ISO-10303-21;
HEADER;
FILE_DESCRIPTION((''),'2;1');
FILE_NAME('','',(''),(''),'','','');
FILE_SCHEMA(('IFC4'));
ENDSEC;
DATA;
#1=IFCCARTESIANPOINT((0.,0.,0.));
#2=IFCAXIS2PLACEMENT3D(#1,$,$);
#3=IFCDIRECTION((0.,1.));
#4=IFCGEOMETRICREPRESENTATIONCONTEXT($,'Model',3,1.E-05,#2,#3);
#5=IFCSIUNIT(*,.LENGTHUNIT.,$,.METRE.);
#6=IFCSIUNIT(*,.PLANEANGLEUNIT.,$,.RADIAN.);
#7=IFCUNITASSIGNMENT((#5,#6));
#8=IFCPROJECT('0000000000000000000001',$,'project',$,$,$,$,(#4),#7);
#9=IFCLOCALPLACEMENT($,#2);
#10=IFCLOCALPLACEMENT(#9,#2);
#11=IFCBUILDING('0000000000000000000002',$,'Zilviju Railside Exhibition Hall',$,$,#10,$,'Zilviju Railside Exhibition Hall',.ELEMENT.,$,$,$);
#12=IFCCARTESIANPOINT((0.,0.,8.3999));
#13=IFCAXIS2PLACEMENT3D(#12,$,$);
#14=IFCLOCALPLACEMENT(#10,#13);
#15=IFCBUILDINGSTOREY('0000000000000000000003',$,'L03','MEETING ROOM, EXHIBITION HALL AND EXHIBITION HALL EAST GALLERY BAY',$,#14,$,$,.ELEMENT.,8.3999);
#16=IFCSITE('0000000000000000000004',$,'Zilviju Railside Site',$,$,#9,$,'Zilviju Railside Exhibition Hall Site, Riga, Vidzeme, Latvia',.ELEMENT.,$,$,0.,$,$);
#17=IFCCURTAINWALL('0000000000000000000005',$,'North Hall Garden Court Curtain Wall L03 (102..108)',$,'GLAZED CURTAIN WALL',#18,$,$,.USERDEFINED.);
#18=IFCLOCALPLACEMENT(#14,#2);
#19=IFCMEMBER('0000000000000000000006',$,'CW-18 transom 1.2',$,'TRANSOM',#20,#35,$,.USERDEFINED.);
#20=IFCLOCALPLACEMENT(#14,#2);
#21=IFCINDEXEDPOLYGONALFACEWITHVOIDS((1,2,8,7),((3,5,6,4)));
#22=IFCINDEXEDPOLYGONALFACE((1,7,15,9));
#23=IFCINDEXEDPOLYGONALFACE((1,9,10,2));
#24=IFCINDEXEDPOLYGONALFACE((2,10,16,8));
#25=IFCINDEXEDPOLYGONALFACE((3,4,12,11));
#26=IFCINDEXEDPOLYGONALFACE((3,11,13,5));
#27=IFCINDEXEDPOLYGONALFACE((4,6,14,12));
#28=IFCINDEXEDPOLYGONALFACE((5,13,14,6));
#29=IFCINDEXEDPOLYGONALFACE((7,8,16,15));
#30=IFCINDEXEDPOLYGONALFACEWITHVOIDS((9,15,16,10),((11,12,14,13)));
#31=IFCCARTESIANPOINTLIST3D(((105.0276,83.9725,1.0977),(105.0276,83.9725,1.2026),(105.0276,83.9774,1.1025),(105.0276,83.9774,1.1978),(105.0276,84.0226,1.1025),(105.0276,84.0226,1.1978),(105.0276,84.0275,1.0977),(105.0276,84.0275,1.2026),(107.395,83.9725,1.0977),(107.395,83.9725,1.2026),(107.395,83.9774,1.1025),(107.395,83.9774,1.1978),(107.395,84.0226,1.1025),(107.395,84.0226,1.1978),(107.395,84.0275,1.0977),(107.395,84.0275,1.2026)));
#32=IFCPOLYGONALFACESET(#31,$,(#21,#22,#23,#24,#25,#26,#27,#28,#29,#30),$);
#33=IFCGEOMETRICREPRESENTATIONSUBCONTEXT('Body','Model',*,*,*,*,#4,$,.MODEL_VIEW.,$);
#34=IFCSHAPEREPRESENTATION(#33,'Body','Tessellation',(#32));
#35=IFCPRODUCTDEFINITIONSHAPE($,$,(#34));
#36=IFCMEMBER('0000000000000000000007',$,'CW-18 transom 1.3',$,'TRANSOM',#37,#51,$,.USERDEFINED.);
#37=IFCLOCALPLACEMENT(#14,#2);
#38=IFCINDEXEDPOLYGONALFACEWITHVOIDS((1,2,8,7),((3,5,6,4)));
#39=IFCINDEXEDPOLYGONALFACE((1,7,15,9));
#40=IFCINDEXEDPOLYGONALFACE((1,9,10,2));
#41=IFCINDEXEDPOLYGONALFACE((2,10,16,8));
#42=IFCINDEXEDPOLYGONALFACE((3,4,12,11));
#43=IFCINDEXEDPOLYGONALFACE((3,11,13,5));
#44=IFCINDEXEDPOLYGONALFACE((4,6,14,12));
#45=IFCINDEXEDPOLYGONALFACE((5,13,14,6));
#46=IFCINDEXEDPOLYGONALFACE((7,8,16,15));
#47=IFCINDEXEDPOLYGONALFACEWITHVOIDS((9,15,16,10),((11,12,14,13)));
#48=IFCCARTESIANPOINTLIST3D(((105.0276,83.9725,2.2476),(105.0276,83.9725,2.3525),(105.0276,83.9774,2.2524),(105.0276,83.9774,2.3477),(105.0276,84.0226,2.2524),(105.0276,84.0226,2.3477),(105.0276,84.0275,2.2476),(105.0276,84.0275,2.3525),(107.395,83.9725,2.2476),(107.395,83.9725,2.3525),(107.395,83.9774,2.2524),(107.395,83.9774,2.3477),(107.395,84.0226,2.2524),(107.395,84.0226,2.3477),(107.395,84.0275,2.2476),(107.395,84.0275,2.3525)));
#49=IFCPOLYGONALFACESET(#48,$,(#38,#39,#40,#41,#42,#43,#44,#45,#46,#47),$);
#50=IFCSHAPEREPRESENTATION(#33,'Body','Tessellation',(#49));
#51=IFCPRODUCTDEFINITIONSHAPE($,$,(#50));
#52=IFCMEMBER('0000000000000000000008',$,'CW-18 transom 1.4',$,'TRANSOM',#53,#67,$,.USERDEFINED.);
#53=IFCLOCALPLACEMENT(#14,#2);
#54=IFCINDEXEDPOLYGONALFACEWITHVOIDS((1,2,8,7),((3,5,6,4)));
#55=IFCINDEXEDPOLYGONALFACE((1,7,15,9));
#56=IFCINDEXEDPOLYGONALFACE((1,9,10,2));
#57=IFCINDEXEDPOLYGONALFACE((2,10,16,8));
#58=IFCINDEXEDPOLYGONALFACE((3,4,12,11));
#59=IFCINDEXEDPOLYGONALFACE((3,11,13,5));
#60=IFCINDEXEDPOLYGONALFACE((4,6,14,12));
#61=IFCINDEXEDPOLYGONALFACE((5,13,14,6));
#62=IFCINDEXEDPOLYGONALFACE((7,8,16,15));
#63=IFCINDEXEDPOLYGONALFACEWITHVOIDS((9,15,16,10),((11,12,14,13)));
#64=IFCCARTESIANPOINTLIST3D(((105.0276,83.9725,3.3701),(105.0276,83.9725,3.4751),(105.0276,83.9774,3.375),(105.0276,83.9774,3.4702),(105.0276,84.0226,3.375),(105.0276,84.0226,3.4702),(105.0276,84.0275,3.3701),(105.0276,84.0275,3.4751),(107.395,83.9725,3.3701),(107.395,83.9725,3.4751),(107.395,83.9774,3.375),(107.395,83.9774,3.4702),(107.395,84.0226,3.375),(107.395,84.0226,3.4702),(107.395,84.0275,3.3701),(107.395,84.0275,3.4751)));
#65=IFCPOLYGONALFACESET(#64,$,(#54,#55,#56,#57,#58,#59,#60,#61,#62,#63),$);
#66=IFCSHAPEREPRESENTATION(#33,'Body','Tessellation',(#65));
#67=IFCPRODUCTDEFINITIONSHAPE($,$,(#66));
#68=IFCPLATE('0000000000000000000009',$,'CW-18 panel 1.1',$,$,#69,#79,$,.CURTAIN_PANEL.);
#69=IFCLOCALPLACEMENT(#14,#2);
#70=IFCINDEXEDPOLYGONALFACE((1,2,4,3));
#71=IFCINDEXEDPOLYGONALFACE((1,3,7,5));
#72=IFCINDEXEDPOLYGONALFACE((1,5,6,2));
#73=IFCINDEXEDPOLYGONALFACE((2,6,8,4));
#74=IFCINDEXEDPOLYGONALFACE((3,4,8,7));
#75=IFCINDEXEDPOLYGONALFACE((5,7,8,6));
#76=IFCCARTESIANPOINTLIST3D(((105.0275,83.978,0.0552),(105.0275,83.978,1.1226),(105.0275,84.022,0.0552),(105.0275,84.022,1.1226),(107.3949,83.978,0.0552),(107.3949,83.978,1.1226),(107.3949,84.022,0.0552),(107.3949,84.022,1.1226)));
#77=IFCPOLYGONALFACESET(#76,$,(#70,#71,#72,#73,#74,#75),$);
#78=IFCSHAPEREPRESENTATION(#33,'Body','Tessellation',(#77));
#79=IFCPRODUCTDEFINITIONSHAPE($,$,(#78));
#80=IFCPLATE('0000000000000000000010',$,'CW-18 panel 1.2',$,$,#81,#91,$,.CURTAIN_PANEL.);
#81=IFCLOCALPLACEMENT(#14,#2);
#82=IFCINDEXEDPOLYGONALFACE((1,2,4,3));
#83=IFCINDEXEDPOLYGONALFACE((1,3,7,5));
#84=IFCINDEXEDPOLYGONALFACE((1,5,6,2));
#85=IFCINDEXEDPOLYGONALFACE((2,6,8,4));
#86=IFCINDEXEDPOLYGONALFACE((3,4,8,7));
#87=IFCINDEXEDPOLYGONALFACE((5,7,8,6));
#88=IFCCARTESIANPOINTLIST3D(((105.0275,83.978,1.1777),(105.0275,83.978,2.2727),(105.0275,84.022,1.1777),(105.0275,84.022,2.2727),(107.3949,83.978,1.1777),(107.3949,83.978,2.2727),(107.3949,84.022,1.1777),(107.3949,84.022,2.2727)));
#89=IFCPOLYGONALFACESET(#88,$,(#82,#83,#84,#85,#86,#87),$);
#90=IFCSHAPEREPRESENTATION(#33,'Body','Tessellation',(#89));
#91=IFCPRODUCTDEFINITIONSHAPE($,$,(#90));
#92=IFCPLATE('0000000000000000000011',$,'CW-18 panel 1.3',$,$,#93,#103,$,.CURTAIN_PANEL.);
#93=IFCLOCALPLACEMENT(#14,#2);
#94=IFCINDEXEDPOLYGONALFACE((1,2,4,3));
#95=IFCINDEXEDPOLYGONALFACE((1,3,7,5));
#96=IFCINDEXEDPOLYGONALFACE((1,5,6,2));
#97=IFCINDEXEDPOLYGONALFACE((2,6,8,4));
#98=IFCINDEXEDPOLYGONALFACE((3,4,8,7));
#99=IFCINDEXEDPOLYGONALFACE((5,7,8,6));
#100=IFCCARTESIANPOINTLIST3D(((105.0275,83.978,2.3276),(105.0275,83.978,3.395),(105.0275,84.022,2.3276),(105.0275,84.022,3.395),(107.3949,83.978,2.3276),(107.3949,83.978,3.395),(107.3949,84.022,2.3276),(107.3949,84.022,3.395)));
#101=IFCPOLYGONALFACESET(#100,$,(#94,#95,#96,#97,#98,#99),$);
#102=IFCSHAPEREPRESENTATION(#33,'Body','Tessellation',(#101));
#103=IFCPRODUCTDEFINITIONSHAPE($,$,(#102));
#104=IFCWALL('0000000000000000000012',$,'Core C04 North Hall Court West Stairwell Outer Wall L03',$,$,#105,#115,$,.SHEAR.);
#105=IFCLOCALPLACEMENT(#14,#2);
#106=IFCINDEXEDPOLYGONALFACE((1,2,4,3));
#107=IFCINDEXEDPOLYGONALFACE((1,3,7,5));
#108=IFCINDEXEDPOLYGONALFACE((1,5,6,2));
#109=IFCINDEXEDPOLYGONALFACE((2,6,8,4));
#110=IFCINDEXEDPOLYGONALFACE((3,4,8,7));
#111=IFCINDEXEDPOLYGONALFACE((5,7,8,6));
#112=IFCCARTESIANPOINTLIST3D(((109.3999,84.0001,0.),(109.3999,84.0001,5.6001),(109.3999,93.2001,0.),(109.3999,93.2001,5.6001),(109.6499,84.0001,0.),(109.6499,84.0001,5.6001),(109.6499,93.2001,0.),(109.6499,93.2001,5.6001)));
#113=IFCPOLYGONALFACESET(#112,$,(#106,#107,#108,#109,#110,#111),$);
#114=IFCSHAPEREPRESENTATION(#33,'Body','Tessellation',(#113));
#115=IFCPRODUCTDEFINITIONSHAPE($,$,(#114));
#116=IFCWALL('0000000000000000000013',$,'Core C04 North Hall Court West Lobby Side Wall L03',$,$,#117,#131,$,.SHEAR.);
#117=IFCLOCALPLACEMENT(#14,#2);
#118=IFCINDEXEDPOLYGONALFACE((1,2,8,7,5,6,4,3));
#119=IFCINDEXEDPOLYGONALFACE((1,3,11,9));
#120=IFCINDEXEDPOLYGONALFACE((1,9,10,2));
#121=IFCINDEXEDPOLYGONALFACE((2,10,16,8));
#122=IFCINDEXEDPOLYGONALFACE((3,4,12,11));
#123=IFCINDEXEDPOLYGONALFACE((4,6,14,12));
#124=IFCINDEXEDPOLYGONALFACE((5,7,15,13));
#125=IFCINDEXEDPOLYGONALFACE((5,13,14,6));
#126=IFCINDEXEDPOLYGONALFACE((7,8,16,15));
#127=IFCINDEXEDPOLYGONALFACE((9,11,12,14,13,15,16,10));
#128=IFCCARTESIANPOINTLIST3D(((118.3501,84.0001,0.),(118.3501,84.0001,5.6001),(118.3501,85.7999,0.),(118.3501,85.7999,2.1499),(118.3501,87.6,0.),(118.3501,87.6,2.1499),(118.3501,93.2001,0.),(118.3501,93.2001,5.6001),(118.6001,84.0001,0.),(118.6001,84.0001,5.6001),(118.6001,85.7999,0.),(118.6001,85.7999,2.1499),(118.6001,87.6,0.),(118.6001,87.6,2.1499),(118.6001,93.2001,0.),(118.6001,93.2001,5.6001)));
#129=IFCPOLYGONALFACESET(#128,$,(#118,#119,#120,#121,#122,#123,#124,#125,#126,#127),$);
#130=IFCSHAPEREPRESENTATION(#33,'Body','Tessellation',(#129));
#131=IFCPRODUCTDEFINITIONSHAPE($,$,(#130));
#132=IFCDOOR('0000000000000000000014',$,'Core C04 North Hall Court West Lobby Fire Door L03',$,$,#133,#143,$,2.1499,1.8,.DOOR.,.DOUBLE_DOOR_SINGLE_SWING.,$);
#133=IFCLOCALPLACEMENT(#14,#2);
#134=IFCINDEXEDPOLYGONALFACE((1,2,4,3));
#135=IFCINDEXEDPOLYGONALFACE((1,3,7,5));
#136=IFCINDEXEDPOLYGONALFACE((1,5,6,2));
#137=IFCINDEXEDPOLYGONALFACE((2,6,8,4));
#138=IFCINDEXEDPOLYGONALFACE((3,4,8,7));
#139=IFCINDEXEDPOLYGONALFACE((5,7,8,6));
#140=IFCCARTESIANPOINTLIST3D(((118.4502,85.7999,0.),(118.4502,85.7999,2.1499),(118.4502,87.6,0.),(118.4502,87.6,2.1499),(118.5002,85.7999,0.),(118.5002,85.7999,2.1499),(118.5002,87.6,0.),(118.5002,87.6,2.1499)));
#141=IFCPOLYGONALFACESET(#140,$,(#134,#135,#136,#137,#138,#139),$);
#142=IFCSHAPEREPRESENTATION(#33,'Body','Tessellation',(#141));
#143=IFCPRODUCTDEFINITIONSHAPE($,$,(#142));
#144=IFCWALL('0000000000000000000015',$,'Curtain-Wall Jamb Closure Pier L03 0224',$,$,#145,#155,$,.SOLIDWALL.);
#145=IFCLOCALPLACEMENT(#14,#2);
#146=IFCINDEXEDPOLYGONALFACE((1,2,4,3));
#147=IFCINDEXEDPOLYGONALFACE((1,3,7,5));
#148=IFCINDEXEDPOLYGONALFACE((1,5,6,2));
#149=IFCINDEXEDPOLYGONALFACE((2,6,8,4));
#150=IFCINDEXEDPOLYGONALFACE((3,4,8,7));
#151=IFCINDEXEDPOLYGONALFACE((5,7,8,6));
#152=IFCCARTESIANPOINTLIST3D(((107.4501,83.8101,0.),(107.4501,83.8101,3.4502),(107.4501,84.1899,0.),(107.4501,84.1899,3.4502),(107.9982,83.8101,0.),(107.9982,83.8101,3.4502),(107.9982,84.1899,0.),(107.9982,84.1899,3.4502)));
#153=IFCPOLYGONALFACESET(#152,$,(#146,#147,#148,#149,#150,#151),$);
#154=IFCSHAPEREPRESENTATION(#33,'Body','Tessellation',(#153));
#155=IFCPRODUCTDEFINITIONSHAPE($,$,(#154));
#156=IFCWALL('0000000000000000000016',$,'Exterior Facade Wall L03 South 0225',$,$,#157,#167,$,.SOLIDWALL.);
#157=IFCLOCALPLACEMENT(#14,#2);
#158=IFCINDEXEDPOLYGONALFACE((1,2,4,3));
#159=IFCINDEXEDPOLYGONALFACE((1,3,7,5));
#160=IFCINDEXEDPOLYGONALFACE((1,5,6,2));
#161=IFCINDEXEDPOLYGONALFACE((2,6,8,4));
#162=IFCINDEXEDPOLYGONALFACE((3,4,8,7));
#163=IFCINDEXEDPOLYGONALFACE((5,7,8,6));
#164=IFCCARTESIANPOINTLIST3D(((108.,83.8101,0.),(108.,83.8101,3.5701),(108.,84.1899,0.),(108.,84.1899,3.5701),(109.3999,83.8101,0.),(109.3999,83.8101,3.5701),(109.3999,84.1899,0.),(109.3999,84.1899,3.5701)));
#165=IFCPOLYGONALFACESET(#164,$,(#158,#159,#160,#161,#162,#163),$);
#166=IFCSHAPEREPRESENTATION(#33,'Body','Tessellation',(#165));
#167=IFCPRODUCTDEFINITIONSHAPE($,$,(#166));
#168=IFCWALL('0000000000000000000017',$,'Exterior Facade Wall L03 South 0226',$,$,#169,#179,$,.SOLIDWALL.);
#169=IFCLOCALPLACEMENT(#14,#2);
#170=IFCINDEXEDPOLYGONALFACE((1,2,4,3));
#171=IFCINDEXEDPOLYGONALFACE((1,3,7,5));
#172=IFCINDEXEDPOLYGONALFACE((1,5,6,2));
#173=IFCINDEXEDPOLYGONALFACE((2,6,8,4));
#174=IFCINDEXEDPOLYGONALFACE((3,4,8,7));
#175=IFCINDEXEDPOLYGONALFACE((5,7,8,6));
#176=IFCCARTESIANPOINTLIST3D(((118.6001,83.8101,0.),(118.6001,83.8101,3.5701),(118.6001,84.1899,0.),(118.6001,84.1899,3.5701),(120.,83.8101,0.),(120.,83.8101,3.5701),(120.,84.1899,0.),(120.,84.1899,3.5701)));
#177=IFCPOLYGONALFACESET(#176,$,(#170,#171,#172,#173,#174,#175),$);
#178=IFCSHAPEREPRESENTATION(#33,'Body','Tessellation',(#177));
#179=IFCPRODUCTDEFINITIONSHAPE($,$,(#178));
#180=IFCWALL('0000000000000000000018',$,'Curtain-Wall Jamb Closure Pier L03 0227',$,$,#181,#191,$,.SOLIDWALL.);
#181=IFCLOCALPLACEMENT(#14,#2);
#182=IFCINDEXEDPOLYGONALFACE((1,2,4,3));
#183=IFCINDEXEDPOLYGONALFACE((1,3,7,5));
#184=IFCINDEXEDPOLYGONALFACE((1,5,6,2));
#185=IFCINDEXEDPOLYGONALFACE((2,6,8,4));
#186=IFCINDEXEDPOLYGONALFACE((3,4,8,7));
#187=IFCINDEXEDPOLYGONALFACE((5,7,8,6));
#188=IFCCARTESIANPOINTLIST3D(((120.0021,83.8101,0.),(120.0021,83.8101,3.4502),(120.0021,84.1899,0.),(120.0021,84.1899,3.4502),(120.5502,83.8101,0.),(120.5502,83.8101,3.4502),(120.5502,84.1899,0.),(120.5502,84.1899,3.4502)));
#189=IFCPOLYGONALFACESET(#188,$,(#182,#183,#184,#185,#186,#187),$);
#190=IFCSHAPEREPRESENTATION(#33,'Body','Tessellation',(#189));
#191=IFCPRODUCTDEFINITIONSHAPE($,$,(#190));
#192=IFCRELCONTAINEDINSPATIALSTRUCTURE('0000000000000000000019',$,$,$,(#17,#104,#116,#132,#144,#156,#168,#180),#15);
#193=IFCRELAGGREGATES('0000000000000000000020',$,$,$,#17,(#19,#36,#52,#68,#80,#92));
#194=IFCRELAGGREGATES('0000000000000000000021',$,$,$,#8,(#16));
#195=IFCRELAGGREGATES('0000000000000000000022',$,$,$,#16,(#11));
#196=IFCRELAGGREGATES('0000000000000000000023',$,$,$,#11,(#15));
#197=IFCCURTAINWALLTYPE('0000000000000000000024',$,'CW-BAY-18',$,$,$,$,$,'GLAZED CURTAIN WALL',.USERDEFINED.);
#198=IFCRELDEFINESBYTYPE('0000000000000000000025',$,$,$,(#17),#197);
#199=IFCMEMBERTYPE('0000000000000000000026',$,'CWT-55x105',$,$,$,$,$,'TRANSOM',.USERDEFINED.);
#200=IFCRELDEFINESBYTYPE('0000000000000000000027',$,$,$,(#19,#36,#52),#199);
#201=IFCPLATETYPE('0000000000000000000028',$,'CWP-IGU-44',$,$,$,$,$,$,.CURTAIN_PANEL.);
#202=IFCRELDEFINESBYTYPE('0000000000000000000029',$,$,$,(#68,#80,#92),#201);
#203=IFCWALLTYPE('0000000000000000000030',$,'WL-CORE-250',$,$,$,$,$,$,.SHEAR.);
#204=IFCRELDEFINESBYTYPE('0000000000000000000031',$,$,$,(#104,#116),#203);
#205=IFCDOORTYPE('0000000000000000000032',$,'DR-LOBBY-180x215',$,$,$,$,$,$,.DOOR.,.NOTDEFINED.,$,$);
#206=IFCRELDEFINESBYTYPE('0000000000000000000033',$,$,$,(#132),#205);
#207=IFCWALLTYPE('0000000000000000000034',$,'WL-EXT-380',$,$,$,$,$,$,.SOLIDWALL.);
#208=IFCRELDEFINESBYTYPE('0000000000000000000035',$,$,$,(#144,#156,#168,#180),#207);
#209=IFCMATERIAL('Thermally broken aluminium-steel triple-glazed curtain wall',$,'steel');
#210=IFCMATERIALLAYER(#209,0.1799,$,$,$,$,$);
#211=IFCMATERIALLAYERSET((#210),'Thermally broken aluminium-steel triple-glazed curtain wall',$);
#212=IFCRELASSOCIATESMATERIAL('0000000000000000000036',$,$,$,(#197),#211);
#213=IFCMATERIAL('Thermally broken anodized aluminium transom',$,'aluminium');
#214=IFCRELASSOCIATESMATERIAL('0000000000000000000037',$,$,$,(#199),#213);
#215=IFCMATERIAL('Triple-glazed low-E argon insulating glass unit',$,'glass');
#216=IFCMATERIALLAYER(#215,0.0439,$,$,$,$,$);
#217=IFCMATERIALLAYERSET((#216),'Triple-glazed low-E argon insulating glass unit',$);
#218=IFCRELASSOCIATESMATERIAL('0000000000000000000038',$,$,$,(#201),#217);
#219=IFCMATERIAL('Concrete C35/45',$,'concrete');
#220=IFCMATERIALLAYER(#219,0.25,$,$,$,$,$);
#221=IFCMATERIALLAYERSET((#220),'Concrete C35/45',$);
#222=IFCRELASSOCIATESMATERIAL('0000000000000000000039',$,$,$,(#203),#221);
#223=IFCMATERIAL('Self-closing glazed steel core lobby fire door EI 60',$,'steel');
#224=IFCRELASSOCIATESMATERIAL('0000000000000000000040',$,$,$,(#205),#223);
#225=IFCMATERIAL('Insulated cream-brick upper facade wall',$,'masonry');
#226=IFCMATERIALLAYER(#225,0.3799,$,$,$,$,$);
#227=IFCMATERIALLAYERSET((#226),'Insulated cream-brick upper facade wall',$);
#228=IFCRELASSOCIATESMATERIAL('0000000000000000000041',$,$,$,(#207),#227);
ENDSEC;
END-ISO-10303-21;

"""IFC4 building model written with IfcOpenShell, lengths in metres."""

from ifc_helpers import new_model, si_unit, direction, frame, frame_2d, origin, origin_2d, place, context, subcontext, project, spatial, rectangle, hollow_rectangle, extrude, material, layer, layer_set, material_profile, profile_set, type_object, element, fill, aggregate, save


model = new_model("IFC4")

# Units and contexts
model_context = context("Model", 3, precision=1e-05, world=origin(), true_north=direction((0.0, 1.0)))
body_context = subcontext(model_context, "Body", "Model", "MODEL_VIEW")
ifc_project = project(units=[si_unit("LENGTHUNIT", "METRE"), si_unit("PLANEANGLEUNIT", "RADIAN")], contexts=[model_context])

# Site, building, storey
site_placement = place(None, origin())
site = spatial("IfcSite", under=ifc_project, at=site_placement, Name="Zilviju Railside Site", LongName="Zilviju Railside Exhibition Hall Site, Riga, Vidzeme, Latvia", CompositionType="ELEMENT", RefElevation=0.0)
building_placement = place(site_placement, origin())
building = spatial("IfcBuilding", under=site, at=building_placement, Name="Zilviju Railside Exhibition Hall", LongName="Zilviju Railside Exhibition Hall", CompositionType="ELEMENT")
storey_placement = place(building_placement, frame((0.0, 0.0, 8.3999)))
storey = spatial("IfcBuildingStorey", under=building, at=storey_placement, Name="L03", Description="MEETING ROOM, EXHIBITION HALL AND EXHIBITION HALL EAST GALLERY BAY", CompositionType="ELEMENT", Elevation=8.3999)

# Curtain wall
ifc_material_1 = material(Name="Thermally broken aluminium-steel triple-glazed curtain wall", Category="steel")
ifc_layer_1 = layer(ifc_material_1, 0.1799)
ifc_layer_set_1 = layer_set([ifc_layer_1], Name="Thermally broken aluminium-steel triple-glazed curtain wall")
curtain_wall_type_1 = type_object("IfcCurtainWallType", Name="CW-BAY-18", ElementType="GLAZED CURTAIN WALL", PredefinedType="USERDEFINED", material=ifc_layer_set_1)
curtain_wall_1_placement = place(storey_placement, origin())
curtain_wall_1 = element("IfcCurtainWall", 1, at=curtain_wall_1_placement, inside=storey, type_object=curtain_wall_type_1, Name="North Hall Garden Court Curtain Wall L03 (102..108)", ObjectType="GLAZED CURTAIN WALL", PredefinedType="USERDEFINED")

# Members
ifc_material_2 = material(Name="Thermally broken anodized aluminium transom", Category="aluminium")
ifc_material_profile_1 = material_profile(ifc_material_2, hollow_rectangle(XDim=0.0549, YDim=0.105, WallThickness=0.0049, at=origin_2d()), Name="TRANSOM 105x55x5")
ifc_profile_set_1 = profile_set([ifc_material_profile_1], Name="Thermally broken anodized aluminium transom")
member_type_1 = type_object("IfcMemberType", Name="CWT-55x105", ElementType="TRANSOM", PredefinedType="USERDEFINED", material=ifc_profile_set_1)
member_1_placement = place(storey_placement, frame((107.395, 84.0, 1.1501), z_axis=(-1.0, 0.0, 0.0), x_axis=(0.0, -1.0, 0.0)))
member_1 = element("IfcMember", 2, at=member_1_placement, type_object=member_type_1, Name="CW-18 transom 1.2", ObjectType="TRANSOM", PredefinedType="USERDEFINED", context=body_context, shape_type="SweptSolid", body=[
    extrude(hollow_rectangle(XDim=0.0549, YDim=0.105, WallThickness=0.0049, at=origin_2d()), origin(), (0.0, 0.0, 1.0), 2.3674),
])
member_2_placement = place(storey_placement, frame((107.395, 84.0, 2.3), z_axis=(-1.0, 0.0, 0.0), x_axis=(0.0, -1.0, 0.0)))
member_2 = element("IfcMember", 3, at=member_2_placement, type_object=member_type_1, Name="CW-18 transom 1.3", ObjectType="TRANSOM", PredefinedType="USERDEFINED", context=body_context, shape_type="SweptSolid", body=[
    extrude(hollow_rectangle(XDim=0.0549, YDim=0.105, WallThickness=0.0049, at=origin_2d()), origin(), (0.0, 0.0, 1.0), 2.3674),
])
member_3_placement = place(storey_placement, frame((107.395, 84.0, 3.4226), z_axis=(-1.0, 0.0, 0.0), x_axis=(0.0, -1.0, 0.0)))
member_3 = element("IfcMember", 4, at=member_3_placement, type_object=member_type_1, Name="CW-18 transom 1.4", ObjectType="TRANSOM", PredefinedType="USERDEFINED", context=body_context, shape_type="SweptSolid", body=[
    extrude(hollow_rectangle(XDim=0.0549, YDim=0.105, WallThickness=0.0049, at=origin_2d()), origin(), (0.0, 0.0, 1.0), 2.3674),
])

# Plates
ifc_material_3 = material(Name="Triple-glazed low-E argon insulating glass unit", Category="glass")
ifc_layer_2 = layer(ifc_material_3, 0.0439)
ifc_layer_set_2 = layer_set([ifc_layer_2], Name="Triple-glazed low-E argon insulating glass unit")
plate_type = type_object("IfcPlateType", Name="CWP-IGU-44", PredefinedType="CURTAIN_PANEL", material=ifc_layer_set_2)
plate_1_placement = place(storey_placement, frame((106.2112, 84.0, 0.0552), z_axis=(0.0, 0.0, 1.0), x_axis=(-1.0, 0.0, 0.0)))
plate_1 = element("IfcPlate", 5, at=plate_1_placement, type_object=plate_type, Name="CW-18 panel 1.1", PredefinedType="CURTAIN_PANEL", context=body_context, shape_type="SweptSolid", body=[
    extrude(rectangle(XDim=2.3674, YDim=0.0439, at=origin_2d()), origin(), (0.0, 0.0, 1.0), 1.0674),
])
plate_2_placement = place(storey_placement, frame((106.2112, 84.0, 1.1777), z_axis=(0.0, 0.0, 1.0), x_axis=(-1.0, 0.0, 0.0)))
plate_2 = element("IfcPlate", 6, at=plate_2_placement, type_object=plate_type, Name="CW-18 panel 1.2", PredefinedType="CURTAIN_PANEL", context=body_context, shape_type="SweptSolid", body=[
    extrude(rectangle(XDim=2.3674, YDim=0.0439, at=origin_2d()), origin(), (0.0, 0.0, 1.0), 1.095),
])
plate_3_placement = place(storey_placement, frame((106.2112, 84.0, 2.3276), z_axis=(0.0, 0.0, 1.0), x_axis=(-1.0, 0.0, 0.0)))
plate_3 = element("IfcPlate", 7, at=plate_3_placement, type_object=plate_type, Name="CW-18 panel 1.3", PredefinedType="CURTAIN_PANEL", context=body_context, shape_type="SweptSolid", body=[
    extrude(rectangle(XDim=2.3674, YDim=0.0439, at=origin_2d()), origin(), (0.0, 0.0, 1.0), 1.0674),
])
aggregate(curtain_wall_1, [member_1, member_2, member_3, plate_1, plate_2, plate_3])

# Wall
ifc_material_4 = material(Name="Concrete C35/45", Category="concrete")
ifc_layer_3 = layer(ifc_material_4, 0.25)
ifc_layer_set_3 = layer_set([ifc_layer_3], Name="Concrete C35/45")
wall_type_1 = type_object("IfcWallType", Name="WL-CORE-250", PredefinedType="SHEAR", material=ifc_layer_set_3)
wall_1_placement = place(storey_placement, frame((109.5249, 84.0, 0.0), z_axis=(0.0, 0.0, 1.0), x_axis=(0.0, 1.0, 0.0)))
element("IfcWall", 8, at=wall_1_placement, inside=storey, type_object=wall_type_1, Name="Core C04 North Hall Court West Stairwell Outer Wall L03", PredefinedType="SHEAR", context=body_context, shape_type="SweptSolid", body=[
    extrude(rectangle(XDim=9.2, YDim=0.25, at=frame_2d((4.6001, 0.0))), origin(), (0.0, 0.0, 1.0), 5.6001),
])

# Wall, opening, door
wall_2_placement = place(storey_placement, frame((118.4751, 84.0, 0.0), z_axis=(0.0, 0.0, 1.0), x_axis=(0.0, 1.0, 0.0)))
wall_2 = element("IfcWall", 9, at=wall_2_placement, inside=storey, type_object=wall_type_1, Name="Core C04 North Hall Court West Lobby Side Wall L03", PredefinedType="SHEAR", context=body_context, shape_type="SweptSolid", body=[
    extrude(rectangle(XDim=9.2, YDim=0.25, at=frame_2d((4.6001, 0.0))), origin(), (0.0, 0.0, 1.0), 5.6001),
])
opening_placement = place(wall_2_placement, frame((1.8, 0.0, 0.0)))
opening = element("IfcOpeningElement", 10, at=opening_placement, cuts=wall_2, PredefinedType="OPENING", context=body_context, shape_type="SweptSolid", body=[
    extrude(rectangle(XDim=1.8, YDim=2.1499, at=frame_2d((0.8999, 1.075))), frame((0.0, 0.135, 0.0), z_axis=(0.0, -1.0, 0.0), x_axis=(1.0, 0.0, 0.0)), (0.0, 0.0, 1.0), 0.27),
])
ifc_material_5 = material(Name="Self-closing glazed steel core lobby fire door EI 60", Category="steel")
door_type = type_object("IfcDoorType", Name="DR-LOBBY-180x215", OperationType="NOTDEFINED", PredefinedType="DOOR", material=ifc_material_5)
door_placement = place(opening_placement, origin())
door = element("IfcDoor", 11, at=door_placement, inside=storey, type_object=door_type, Name="Core C04 North Hall Court West Lobby Fire Door L03", OperationType="DOUBLE_DOOR_SINGLE_SWING", OverallHeight=2.1499, OverallWidth=1.8, PredefinedType="DOOR", context=body_context, shape_type="SweptSolid", body=[
    extrude(rectangle(XDim=1.8, YDim=2.1499, at=frame_2d((0.8999, 1.075))), frame((0.0, 0.0249, 0.0), z_axis=(0.0, -1.0, 0.0), x_axis=(1.0, 0.0, 0.0)), (0.0, 0.0, 1.0), 0.05),
])
fill(opening, door)

# Walls
ifc_material_6 = material(Name="Insulated cream-brick upper facade wall", Category="masonry")
ifc_layer_4 = layer(ifc_material_6, 0.3799)
ifc_layer_set_4 = layer_set([ifc_layer_4], Name="Insulated cream-brick upper facade wall")
wall_type_2 = type_object("IfcWallType", Name="WL-EXT-380", PredefinedType="SOLIDWALL", material=ifc_layer_set_4)
wall_3_placement = place(storey_placement, frame((107.998, 84.0, 0.0), z_axis=(0.0, 0.0, 1.0), x_axis=(-1.0, 0.0, 0.0)))
element("IfcWall", 12, at=wall_3_placement, inside=storey, type_object=wall_type_2, Name="Curtain-Wall Jamb Closure Pier L03 0224", PredefinedType="SOLIDWALL", context=body_context, shape_type="SweptSolid", body=[
    extrude(rectangle(XDim=0.5481, YDim=0.3799, at=frame_2d((0.2739, 0.0))), origin(), (0.0, 0.0, 1.0), 3.4502),
])
for number, where, z_axis, x_axis, name in (
    (13, (109.3999, 84.0, 0.0), (0.0, 0.0, 1.0), (-1.0, 0.0, 0.0), "Exterior Facade Wall L03 South 0225"),
    (14, (120.0, 84.0, 0.0), (0.0, 0.0, 1.0), (-1.0, 0.0, 0.0), "Exterior Facade Wall L03 South 0226"),
):
    element("IfcWall", number, at=place(storey_placement, frame(where, z_axis=z_axis, x_axis=x_axis)), inside=storey, type_object=wall_type_2, Name=name, PredefinedType="SOLIDWALL", context=body_context, shape_type="SweptSolid", body=[
        extrude(rectangle(XDim=1.3999, YDim=0.3799, at=frame_2d((0.7, 0.0))), origin(), (0.0, 0.0, 1.0), 3.5701),
    ])
wall_4_placement = place(storey_placement, frame((120.55, 84.0, 0.0), z_axis=(0.0, 0.0, 1.0), x_axis=(-1.0, 0.0, 0.0)))
element("IfcWall", 15, at=wall_4_placement, inside=storey, type_object=wall_type_2, Name="Curtain-Wall Jamb Closure Pier L03 0227", PredefinedType="SOLIDWALL", context=body_context, shape_type="SweptSolid", body=[
    extrude(rectangle(XDim=0.5481, YDim=0.3799, at=frame_2d((0.2739, 0.0))), origin(), (0.0, 0.0, 1.0), 3.4502),
])

save(model, "model.ifc")
